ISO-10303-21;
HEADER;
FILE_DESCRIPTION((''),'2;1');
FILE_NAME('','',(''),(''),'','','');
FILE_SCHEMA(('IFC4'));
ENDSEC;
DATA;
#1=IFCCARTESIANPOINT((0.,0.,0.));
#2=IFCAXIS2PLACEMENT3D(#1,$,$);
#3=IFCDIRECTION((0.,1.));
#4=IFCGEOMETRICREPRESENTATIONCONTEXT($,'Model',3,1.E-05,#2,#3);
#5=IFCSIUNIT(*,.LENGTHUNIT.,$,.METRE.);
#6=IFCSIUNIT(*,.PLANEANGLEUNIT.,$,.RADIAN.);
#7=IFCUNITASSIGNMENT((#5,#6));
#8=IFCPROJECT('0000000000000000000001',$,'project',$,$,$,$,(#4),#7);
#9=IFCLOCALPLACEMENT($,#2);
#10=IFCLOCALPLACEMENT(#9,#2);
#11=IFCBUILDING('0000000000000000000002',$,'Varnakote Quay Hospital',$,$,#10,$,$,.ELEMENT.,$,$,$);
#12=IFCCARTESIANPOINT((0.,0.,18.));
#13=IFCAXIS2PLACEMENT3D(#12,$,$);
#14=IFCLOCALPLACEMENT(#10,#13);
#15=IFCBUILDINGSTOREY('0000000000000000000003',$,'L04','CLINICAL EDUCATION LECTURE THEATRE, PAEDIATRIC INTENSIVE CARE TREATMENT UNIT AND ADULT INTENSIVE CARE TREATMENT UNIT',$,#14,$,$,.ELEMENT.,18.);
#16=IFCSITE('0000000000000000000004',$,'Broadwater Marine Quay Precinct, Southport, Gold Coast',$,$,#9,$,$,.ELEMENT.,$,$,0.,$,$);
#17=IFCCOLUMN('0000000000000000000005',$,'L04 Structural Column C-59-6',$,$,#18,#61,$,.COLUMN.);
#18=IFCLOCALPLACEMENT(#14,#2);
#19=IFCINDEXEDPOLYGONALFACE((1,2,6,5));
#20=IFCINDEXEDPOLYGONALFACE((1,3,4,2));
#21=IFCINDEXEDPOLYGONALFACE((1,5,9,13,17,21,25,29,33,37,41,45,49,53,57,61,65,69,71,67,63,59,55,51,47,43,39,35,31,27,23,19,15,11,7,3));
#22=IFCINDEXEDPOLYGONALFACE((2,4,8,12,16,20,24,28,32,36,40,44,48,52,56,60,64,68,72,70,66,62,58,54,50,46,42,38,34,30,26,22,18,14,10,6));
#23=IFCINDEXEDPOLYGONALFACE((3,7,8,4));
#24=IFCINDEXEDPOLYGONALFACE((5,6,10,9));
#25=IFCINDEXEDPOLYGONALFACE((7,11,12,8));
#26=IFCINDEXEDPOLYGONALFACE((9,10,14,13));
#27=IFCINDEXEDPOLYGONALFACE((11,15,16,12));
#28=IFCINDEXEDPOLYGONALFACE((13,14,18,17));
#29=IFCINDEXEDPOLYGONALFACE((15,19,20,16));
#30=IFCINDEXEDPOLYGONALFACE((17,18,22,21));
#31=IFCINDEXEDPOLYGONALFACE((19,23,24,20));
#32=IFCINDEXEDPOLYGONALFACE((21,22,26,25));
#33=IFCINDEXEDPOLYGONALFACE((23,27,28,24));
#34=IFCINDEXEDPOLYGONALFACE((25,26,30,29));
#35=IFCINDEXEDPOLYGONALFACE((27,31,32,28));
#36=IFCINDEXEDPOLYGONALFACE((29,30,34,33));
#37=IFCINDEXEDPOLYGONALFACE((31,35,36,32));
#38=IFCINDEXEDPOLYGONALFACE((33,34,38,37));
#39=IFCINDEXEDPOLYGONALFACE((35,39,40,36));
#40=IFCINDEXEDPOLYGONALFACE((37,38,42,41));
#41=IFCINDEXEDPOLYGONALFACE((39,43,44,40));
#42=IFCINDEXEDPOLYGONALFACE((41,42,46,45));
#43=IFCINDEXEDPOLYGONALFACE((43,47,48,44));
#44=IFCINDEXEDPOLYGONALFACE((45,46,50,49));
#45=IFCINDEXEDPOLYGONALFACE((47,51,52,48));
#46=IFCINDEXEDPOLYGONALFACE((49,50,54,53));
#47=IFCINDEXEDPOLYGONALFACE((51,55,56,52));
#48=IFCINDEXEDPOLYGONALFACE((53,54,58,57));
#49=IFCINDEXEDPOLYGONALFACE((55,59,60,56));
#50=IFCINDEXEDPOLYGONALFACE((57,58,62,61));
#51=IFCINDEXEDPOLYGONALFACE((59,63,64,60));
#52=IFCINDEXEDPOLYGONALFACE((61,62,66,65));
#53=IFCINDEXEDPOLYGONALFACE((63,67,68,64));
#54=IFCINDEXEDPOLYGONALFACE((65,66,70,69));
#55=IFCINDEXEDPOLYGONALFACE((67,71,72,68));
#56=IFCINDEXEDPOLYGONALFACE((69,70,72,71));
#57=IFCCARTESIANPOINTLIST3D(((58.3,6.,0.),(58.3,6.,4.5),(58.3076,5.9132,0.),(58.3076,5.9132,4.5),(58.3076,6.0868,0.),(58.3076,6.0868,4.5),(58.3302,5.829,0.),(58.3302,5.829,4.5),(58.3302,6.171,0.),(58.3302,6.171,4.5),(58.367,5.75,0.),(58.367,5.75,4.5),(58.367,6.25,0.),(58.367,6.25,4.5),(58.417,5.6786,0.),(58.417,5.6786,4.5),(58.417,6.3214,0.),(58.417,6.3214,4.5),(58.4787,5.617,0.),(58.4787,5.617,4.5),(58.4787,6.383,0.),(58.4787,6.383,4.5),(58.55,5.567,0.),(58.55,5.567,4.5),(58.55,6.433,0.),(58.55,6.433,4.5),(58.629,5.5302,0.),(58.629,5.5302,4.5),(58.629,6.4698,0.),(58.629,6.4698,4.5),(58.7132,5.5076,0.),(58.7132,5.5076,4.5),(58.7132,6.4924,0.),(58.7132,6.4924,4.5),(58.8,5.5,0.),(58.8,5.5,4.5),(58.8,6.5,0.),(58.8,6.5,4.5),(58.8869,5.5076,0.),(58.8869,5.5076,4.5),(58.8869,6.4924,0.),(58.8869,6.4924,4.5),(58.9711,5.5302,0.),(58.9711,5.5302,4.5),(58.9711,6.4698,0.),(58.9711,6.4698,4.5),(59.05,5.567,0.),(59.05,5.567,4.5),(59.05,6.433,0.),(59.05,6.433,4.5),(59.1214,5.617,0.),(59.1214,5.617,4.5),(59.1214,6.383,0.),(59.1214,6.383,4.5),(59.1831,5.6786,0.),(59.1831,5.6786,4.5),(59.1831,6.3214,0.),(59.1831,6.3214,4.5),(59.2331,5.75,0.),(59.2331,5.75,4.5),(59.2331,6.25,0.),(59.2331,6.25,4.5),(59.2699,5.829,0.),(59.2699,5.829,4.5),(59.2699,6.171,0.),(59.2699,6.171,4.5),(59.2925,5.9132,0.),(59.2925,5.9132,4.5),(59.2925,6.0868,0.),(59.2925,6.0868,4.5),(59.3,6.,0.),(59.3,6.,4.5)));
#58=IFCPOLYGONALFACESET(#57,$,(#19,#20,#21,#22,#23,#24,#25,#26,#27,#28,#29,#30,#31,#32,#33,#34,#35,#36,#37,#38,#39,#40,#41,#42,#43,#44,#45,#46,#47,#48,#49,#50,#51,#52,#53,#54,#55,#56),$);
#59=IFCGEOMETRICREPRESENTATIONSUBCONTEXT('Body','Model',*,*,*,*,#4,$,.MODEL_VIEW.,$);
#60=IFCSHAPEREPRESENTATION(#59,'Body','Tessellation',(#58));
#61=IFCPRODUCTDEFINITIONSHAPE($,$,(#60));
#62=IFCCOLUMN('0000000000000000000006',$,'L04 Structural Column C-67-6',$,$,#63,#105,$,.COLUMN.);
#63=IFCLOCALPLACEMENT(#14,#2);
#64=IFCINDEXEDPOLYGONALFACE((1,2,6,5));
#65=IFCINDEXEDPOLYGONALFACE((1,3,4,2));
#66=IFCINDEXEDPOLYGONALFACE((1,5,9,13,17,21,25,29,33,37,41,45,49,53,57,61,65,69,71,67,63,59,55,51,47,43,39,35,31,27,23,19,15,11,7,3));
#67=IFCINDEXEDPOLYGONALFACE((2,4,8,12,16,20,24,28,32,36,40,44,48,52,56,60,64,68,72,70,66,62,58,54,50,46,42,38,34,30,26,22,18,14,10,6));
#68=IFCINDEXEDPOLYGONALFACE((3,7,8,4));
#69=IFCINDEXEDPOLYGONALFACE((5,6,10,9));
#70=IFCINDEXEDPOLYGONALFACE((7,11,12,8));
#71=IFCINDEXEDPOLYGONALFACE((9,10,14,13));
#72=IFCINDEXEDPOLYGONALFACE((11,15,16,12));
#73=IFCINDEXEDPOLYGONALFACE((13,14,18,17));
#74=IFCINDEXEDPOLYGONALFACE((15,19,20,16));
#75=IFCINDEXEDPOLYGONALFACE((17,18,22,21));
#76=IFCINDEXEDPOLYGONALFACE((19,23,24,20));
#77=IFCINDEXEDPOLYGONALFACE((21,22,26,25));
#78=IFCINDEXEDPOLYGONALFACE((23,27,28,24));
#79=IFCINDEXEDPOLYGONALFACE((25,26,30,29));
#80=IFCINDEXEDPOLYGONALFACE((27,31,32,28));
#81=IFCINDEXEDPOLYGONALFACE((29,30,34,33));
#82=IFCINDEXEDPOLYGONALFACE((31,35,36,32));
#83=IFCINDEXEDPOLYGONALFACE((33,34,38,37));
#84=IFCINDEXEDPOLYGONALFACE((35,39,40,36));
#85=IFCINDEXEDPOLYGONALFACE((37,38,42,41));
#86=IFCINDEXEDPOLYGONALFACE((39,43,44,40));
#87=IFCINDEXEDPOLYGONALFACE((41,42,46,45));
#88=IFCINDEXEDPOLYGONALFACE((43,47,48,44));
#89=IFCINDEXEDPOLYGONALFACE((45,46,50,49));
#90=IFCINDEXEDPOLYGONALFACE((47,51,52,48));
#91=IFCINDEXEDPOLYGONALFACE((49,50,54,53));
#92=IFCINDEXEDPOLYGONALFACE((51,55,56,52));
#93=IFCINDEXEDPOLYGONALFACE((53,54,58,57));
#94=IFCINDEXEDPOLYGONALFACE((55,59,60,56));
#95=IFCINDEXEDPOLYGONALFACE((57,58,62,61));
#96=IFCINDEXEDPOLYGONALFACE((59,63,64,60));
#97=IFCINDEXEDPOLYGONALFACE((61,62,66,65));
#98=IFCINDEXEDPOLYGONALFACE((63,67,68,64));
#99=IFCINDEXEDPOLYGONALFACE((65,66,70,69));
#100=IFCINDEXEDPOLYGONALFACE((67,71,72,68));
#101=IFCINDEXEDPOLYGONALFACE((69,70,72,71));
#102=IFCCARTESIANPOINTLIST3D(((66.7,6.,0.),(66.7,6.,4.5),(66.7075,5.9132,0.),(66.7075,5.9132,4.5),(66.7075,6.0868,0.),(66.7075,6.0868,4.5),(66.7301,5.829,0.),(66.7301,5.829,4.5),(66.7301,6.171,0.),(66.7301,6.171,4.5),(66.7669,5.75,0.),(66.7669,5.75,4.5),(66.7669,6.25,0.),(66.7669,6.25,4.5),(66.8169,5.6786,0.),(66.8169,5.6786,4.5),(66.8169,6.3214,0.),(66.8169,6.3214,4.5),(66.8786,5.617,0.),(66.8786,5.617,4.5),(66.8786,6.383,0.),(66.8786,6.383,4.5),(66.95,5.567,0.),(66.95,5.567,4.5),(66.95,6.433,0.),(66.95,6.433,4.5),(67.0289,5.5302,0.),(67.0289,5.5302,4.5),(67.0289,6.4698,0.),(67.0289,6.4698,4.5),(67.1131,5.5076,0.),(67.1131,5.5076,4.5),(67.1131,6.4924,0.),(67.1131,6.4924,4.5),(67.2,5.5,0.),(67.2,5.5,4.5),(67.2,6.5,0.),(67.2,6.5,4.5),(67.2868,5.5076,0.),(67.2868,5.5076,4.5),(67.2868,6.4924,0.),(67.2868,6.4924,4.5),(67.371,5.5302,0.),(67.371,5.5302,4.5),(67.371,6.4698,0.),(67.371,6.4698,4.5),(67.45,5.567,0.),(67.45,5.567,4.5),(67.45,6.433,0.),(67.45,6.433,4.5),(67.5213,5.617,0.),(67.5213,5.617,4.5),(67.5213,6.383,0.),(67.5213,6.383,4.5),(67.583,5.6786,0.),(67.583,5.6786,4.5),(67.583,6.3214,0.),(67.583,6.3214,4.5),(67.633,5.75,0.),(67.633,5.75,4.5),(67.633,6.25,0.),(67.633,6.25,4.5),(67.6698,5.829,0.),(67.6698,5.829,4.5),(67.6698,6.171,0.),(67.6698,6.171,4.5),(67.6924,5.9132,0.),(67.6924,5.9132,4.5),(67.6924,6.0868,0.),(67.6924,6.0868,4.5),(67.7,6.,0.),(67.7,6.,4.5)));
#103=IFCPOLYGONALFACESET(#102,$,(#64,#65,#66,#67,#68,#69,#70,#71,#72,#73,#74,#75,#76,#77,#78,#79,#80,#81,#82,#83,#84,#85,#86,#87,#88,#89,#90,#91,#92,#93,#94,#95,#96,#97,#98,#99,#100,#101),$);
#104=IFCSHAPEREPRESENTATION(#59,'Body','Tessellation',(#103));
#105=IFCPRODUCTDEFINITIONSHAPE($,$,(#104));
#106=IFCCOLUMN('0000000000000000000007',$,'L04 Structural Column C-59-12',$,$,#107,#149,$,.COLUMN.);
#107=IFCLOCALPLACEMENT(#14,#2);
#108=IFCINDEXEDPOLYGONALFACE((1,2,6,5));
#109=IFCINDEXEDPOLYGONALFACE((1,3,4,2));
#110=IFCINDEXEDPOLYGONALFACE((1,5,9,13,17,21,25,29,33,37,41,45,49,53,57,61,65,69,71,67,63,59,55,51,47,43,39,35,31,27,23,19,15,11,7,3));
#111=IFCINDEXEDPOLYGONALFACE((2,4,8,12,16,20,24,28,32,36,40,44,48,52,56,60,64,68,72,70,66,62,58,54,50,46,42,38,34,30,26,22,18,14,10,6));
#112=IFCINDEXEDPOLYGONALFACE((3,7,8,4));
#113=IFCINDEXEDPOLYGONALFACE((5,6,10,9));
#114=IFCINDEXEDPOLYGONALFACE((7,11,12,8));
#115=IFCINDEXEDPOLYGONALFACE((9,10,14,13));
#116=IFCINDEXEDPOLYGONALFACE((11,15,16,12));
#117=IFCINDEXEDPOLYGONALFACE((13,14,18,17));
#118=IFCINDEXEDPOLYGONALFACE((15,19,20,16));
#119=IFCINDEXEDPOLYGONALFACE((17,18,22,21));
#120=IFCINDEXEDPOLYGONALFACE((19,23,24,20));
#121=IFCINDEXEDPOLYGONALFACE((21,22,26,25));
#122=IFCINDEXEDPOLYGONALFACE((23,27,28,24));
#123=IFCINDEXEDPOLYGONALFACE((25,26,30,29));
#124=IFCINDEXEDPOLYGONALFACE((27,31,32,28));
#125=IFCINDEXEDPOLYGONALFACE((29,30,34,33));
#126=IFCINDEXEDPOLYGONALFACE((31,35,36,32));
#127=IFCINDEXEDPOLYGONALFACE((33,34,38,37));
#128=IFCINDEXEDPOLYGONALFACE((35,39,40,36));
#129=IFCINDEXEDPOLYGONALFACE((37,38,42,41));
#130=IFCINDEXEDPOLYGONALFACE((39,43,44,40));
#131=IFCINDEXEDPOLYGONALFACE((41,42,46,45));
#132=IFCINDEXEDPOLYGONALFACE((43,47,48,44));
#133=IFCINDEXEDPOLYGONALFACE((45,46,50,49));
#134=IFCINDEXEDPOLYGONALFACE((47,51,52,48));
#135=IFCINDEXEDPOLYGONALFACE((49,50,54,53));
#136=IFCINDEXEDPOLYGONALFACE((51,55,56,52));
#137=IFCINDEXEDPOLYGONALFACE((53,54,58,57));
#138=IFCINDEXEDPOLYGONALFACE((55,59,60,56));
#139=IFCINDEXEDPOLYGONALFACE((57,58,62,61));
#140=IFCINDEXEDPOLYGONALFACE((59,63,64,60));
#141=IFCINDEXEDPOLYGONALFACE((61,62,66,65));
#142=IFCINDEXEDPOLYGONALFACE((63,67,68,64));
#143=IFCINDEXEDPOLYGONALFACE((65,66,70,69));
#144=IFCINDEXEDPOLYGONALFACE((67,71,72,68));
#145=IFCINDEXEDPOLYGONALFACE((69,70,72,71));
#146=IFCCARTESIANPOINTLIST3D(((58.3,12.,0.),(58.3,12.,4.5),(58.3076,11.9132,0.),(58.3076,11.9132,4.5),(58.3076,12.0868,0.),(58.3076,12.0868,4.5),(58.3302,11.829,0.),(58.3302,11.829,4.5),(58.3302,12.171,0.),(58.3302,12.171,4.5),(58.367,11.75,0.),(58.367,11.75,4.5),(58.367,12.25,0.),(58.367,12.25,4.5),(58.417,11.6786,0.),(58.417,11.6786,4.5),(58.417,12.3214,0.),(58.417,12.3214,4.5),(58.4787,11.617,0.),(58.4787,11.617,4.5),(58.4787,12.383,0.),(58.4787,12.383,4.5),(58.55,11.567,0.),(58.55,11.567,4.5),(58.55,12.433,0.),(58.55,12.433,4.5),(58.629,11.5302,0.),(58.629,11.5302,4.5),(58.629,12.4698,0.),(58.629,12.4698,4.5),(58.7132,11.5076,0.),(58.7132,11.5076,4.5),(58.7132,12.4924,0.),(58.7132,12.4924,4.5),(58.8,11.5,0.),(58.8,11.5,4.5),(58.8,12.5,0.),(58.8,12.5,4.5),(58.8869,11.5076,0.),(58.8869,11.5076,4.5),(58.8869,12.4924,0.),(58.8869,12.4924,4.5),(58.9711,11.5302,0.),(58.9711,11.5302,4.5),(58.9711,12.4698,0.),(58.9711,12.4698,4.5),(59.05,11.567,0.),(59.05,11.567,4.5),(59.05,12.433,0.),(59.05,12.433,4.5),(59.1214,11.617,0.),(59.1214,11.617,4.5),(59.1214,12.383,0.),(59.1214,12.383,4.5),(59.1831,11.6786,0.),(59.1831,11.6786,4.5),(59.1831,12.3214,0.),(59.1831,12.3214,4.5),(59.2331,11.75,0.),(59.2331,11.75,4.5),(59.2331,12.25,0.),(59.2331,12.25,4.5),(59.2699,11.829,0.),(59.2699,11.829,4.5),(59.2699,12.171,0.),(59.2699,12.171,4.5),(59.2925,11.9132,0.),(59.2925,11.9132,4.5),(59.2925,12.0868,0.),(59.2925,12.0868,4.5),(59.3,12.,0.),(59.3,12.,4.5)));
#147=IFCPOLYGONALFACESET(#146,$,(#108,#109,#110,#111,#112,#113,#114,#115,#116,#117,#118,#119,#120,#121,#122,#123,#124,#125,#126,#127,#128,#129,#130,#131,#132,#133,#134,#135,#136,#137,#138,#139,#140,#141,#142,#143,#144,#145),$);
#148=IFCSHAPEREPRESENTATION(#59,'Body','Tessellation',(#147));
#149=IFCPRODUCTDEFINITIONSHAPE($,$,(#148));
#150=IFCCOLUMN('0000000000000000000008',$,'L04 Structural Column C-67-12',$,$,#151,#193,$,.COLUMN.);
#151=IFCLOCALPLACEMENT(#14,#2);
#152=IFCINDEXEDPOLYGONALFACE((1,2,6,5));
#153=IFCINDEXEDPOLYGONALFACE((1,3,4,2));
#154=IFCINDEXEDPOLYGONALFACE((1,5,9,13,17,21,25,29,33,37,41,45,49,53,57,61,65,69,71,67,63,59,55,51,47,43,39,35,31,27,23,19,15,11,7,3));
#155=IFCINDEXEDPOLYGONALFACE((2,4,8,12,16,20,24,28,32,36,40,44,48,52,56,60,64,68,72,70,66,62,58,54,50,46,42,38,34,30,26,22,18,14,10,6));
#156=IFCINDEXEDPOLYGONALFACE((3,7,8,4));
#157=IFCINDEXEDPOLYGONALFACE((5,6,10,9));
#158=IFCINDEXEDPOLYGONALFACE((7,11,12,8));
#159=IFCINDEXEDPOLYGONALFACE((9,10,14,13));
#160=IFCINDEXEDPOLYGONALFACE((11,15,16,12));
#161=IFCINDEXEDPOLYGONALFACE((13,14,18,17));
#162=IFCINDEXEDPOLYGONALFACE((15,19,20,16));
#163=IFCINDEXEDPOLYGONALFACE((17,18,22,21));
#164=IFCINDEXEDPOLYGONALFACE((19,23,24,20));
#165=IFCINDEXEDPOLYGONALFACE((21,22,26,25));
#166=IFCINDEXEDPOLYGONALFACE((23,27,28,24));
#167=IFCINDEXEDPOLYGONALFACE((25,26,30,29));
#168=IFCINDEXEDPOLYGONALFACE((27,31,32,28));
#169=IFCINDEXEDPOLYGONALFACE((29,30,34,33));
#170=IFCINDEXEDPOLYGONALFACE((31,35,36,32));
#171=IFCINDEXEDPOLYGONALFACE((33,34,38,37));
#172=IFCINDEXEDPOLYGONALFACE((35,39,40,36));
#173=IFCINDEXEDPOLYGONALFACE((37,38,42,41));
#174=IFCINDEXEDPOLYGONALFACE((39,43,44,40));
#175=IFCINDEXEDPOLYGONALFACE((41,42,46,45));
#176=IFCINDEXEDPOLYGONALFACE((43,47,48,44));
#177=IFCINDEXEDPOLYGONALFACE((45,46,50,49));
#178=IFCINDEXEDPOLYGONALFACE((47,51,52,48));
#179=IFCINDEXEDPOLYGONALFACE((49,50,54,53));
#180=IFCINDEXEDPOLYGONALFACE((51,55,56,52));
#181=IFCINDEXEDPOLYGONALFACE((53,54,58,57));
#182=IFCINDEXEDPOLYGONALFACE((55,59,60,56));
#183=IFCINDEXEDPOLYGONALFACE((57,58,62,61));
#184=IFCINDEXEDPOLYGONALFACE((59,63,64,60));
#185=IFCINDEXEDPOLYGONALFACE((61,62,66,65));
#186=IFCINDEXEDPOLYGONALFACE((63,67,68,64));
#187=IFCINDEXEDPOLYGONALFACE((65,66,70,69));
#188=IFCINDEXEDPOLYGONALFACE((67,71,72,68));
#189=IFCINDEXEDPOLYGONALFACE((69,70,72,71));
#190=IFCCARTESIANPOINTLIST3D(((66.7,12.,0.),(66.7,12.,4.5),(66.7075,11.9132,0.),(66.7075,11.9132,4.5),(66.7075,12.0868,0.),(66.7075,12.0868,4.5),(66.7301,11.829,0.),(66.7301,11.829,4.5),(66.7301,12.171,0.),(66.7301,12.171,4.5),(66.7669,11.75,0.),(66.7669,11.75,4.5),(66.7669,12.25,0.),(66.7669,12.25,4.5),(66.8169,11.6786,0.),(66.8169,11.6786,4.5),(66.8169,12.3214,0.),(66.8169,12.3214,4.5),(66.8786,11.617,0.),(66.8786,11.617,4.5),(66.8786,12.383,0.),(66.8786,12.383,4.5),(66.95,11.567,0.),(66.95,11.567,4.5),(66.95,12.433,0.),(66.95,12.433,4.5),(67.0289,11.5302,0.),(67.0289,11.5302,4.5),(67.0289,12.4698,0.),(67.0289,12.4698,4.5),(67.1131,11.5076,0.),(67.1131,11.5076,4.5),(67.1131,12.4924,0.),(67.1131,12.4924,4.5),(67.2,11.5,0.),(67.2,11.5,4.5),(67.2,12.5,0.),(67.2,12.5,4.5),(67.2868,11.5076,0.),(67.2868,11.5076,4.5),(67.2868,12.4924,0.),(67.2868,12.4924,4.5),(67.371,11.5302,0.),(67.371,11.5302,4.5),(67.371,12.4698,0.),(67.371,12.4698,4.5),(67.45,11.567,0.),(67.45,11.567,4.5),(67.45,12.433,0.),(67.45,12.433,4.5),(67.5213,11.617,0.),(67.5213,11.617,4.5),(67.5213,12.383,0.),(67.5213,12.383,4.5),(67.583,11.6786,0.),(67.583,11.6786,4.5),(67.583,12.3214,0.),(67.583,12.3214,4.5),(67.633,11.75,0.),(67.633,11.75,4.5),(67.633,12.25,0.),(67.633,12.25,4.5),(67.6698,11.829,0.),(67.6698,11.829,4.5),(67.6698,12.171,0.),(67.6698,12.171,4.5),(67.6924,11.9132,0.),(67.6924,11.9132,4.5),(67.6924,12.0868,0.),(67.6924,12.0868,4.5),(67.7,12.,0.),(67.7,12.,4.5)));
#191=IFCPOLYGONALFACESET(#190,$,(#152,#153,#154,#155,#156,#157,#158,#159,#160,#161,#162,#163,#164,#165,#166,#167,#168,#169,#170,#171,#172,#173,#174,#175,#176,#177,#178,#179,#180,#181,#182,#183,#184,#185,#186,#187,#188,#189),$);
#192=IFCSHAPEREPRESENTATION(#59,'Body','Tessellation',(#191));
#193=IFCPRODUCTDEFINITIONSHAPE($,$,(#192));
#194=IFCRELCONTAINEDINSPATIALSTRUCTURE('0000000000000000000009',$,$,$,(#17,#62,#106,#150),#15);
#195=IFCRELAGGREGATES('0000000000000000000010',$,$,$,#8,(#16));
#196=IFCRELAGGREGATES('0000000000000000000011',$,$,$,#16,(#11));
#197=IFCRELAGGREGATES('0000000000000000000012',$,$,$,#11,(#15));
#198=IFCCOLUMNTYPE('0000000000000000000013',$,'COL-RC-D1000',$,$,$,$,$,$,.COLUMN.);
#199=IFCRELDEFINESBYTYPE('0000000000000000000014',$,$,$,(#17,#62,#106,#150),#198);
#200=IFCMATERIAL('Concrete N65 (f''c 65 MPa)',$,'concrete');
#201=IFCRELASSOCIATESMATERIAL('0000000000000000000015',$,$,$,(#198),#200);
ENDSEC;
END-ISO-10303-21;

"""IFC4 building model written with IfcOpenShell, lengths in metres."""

from ifc_helpers import new_model, si_unit, direction, frame, origin, origin_2d, place, context, subcontext, project, spatial, circle, extrude, material, material_profile, profile_set, type_object, element, save


model = new_model("IFC4")

# Units and contexts
model_context = context("Model", 3, precision=1e-05, world=origin(), true_north=direction((0.0, 1.0)))
body_context = subcontext(model_context, "Body", "Model", "MODEL_VIEW")
ifc_project = project(units=[si_unit("LENGTHUNIT", "METRE"), si_unit("PLANEANGLEUNIT", "RADIAN")], contexts=[model_context])

# Site, building, storey
site_placement = place(None, origin())
site = spatial("IfcSite", under=ifc_project, at=site_placement, Name="Broadwater Marine Quay Precinct, Southport, Gold Coast", CompositionType="ELEMENT", RefElevation=0.0)
building_placement = place(site_placement, origin())
building = spatial("IfcBuilding", under=site, at=building_placement, Name="Varnakote Quay Hospital", CompositionType="ELEMENT")
storey_placement = place(building_placement, frame((0.0, 0.0, 18.0)))
storey = spatial("IfcBuildingStorey", under=building, at=storey_placement, Name="L04", Description="CLINICAL EDUCATION LECTURE THEATRE, PAEDIATRIC INTENSIVE CARE TREATMENT UNIT AND ADULT INTENSIVE CARE TREATMENT UNIT", CompositionType="ELEMENT", Elevation=18.0)

# Columns
ifc_material_1 = material(Name="Concrete N65 (f'c 65 MPa)", Category="concrete")
ifc_material_profile_1 = material_profile(ifc_material_1, circle(Radius=0.5, at=origin_2d()), Name="RC-COL-D1000")
ifc_profile_set_1 = profile_set([ifc_material_profile_1], Name="Concrete N65 (f'c 65 MPa)")
column_type = type_object("IfcColumnType", Name="COL-RC-D1000", PredefinedType="COLUMN", material=ifc_profile_set_1)
for number, where, z_axis, x_axis, name in (
    (1, (58.8, 6.0, 0.0), (0.0, 0.0, 1.0), (1.0, 0.0, 0.0), "L04 Structural Column C-59-6"),
    (2, (67.2, 6.0, 0.0), (0.0, 0.0, 1.0), (1.0, 0.0, 0.0), "L04 Structural Column C-67-6"),
    (3, (58.8, 12.0, 0.0), (0.0, 0.0, 1.0), (1.0, 0.0, 0.0), "L04 Structural Column C-59-12"),
    (4, (67.2, 12.0, 0.0), (0.0, 0.0, 1.0), (1.0, 0.0, 0.0), "L04 Structural Column C-67-12"),
):
    element("IfcColumn", number, at=place(storey_placement, frame(where, z_axis=z_axis, x_axis=x_axis)), inside=storey, type_object=column_type, Name=name, PredefinedType="COLUMN", context=body_context, shape_type="SweptSolid", body=[
        extrude(circle(Radius=0.5, at=origin_2d()), origin(), (0.0, 0.0, 1.0), 4.5),
    ])

save(model, "model.ifc")
